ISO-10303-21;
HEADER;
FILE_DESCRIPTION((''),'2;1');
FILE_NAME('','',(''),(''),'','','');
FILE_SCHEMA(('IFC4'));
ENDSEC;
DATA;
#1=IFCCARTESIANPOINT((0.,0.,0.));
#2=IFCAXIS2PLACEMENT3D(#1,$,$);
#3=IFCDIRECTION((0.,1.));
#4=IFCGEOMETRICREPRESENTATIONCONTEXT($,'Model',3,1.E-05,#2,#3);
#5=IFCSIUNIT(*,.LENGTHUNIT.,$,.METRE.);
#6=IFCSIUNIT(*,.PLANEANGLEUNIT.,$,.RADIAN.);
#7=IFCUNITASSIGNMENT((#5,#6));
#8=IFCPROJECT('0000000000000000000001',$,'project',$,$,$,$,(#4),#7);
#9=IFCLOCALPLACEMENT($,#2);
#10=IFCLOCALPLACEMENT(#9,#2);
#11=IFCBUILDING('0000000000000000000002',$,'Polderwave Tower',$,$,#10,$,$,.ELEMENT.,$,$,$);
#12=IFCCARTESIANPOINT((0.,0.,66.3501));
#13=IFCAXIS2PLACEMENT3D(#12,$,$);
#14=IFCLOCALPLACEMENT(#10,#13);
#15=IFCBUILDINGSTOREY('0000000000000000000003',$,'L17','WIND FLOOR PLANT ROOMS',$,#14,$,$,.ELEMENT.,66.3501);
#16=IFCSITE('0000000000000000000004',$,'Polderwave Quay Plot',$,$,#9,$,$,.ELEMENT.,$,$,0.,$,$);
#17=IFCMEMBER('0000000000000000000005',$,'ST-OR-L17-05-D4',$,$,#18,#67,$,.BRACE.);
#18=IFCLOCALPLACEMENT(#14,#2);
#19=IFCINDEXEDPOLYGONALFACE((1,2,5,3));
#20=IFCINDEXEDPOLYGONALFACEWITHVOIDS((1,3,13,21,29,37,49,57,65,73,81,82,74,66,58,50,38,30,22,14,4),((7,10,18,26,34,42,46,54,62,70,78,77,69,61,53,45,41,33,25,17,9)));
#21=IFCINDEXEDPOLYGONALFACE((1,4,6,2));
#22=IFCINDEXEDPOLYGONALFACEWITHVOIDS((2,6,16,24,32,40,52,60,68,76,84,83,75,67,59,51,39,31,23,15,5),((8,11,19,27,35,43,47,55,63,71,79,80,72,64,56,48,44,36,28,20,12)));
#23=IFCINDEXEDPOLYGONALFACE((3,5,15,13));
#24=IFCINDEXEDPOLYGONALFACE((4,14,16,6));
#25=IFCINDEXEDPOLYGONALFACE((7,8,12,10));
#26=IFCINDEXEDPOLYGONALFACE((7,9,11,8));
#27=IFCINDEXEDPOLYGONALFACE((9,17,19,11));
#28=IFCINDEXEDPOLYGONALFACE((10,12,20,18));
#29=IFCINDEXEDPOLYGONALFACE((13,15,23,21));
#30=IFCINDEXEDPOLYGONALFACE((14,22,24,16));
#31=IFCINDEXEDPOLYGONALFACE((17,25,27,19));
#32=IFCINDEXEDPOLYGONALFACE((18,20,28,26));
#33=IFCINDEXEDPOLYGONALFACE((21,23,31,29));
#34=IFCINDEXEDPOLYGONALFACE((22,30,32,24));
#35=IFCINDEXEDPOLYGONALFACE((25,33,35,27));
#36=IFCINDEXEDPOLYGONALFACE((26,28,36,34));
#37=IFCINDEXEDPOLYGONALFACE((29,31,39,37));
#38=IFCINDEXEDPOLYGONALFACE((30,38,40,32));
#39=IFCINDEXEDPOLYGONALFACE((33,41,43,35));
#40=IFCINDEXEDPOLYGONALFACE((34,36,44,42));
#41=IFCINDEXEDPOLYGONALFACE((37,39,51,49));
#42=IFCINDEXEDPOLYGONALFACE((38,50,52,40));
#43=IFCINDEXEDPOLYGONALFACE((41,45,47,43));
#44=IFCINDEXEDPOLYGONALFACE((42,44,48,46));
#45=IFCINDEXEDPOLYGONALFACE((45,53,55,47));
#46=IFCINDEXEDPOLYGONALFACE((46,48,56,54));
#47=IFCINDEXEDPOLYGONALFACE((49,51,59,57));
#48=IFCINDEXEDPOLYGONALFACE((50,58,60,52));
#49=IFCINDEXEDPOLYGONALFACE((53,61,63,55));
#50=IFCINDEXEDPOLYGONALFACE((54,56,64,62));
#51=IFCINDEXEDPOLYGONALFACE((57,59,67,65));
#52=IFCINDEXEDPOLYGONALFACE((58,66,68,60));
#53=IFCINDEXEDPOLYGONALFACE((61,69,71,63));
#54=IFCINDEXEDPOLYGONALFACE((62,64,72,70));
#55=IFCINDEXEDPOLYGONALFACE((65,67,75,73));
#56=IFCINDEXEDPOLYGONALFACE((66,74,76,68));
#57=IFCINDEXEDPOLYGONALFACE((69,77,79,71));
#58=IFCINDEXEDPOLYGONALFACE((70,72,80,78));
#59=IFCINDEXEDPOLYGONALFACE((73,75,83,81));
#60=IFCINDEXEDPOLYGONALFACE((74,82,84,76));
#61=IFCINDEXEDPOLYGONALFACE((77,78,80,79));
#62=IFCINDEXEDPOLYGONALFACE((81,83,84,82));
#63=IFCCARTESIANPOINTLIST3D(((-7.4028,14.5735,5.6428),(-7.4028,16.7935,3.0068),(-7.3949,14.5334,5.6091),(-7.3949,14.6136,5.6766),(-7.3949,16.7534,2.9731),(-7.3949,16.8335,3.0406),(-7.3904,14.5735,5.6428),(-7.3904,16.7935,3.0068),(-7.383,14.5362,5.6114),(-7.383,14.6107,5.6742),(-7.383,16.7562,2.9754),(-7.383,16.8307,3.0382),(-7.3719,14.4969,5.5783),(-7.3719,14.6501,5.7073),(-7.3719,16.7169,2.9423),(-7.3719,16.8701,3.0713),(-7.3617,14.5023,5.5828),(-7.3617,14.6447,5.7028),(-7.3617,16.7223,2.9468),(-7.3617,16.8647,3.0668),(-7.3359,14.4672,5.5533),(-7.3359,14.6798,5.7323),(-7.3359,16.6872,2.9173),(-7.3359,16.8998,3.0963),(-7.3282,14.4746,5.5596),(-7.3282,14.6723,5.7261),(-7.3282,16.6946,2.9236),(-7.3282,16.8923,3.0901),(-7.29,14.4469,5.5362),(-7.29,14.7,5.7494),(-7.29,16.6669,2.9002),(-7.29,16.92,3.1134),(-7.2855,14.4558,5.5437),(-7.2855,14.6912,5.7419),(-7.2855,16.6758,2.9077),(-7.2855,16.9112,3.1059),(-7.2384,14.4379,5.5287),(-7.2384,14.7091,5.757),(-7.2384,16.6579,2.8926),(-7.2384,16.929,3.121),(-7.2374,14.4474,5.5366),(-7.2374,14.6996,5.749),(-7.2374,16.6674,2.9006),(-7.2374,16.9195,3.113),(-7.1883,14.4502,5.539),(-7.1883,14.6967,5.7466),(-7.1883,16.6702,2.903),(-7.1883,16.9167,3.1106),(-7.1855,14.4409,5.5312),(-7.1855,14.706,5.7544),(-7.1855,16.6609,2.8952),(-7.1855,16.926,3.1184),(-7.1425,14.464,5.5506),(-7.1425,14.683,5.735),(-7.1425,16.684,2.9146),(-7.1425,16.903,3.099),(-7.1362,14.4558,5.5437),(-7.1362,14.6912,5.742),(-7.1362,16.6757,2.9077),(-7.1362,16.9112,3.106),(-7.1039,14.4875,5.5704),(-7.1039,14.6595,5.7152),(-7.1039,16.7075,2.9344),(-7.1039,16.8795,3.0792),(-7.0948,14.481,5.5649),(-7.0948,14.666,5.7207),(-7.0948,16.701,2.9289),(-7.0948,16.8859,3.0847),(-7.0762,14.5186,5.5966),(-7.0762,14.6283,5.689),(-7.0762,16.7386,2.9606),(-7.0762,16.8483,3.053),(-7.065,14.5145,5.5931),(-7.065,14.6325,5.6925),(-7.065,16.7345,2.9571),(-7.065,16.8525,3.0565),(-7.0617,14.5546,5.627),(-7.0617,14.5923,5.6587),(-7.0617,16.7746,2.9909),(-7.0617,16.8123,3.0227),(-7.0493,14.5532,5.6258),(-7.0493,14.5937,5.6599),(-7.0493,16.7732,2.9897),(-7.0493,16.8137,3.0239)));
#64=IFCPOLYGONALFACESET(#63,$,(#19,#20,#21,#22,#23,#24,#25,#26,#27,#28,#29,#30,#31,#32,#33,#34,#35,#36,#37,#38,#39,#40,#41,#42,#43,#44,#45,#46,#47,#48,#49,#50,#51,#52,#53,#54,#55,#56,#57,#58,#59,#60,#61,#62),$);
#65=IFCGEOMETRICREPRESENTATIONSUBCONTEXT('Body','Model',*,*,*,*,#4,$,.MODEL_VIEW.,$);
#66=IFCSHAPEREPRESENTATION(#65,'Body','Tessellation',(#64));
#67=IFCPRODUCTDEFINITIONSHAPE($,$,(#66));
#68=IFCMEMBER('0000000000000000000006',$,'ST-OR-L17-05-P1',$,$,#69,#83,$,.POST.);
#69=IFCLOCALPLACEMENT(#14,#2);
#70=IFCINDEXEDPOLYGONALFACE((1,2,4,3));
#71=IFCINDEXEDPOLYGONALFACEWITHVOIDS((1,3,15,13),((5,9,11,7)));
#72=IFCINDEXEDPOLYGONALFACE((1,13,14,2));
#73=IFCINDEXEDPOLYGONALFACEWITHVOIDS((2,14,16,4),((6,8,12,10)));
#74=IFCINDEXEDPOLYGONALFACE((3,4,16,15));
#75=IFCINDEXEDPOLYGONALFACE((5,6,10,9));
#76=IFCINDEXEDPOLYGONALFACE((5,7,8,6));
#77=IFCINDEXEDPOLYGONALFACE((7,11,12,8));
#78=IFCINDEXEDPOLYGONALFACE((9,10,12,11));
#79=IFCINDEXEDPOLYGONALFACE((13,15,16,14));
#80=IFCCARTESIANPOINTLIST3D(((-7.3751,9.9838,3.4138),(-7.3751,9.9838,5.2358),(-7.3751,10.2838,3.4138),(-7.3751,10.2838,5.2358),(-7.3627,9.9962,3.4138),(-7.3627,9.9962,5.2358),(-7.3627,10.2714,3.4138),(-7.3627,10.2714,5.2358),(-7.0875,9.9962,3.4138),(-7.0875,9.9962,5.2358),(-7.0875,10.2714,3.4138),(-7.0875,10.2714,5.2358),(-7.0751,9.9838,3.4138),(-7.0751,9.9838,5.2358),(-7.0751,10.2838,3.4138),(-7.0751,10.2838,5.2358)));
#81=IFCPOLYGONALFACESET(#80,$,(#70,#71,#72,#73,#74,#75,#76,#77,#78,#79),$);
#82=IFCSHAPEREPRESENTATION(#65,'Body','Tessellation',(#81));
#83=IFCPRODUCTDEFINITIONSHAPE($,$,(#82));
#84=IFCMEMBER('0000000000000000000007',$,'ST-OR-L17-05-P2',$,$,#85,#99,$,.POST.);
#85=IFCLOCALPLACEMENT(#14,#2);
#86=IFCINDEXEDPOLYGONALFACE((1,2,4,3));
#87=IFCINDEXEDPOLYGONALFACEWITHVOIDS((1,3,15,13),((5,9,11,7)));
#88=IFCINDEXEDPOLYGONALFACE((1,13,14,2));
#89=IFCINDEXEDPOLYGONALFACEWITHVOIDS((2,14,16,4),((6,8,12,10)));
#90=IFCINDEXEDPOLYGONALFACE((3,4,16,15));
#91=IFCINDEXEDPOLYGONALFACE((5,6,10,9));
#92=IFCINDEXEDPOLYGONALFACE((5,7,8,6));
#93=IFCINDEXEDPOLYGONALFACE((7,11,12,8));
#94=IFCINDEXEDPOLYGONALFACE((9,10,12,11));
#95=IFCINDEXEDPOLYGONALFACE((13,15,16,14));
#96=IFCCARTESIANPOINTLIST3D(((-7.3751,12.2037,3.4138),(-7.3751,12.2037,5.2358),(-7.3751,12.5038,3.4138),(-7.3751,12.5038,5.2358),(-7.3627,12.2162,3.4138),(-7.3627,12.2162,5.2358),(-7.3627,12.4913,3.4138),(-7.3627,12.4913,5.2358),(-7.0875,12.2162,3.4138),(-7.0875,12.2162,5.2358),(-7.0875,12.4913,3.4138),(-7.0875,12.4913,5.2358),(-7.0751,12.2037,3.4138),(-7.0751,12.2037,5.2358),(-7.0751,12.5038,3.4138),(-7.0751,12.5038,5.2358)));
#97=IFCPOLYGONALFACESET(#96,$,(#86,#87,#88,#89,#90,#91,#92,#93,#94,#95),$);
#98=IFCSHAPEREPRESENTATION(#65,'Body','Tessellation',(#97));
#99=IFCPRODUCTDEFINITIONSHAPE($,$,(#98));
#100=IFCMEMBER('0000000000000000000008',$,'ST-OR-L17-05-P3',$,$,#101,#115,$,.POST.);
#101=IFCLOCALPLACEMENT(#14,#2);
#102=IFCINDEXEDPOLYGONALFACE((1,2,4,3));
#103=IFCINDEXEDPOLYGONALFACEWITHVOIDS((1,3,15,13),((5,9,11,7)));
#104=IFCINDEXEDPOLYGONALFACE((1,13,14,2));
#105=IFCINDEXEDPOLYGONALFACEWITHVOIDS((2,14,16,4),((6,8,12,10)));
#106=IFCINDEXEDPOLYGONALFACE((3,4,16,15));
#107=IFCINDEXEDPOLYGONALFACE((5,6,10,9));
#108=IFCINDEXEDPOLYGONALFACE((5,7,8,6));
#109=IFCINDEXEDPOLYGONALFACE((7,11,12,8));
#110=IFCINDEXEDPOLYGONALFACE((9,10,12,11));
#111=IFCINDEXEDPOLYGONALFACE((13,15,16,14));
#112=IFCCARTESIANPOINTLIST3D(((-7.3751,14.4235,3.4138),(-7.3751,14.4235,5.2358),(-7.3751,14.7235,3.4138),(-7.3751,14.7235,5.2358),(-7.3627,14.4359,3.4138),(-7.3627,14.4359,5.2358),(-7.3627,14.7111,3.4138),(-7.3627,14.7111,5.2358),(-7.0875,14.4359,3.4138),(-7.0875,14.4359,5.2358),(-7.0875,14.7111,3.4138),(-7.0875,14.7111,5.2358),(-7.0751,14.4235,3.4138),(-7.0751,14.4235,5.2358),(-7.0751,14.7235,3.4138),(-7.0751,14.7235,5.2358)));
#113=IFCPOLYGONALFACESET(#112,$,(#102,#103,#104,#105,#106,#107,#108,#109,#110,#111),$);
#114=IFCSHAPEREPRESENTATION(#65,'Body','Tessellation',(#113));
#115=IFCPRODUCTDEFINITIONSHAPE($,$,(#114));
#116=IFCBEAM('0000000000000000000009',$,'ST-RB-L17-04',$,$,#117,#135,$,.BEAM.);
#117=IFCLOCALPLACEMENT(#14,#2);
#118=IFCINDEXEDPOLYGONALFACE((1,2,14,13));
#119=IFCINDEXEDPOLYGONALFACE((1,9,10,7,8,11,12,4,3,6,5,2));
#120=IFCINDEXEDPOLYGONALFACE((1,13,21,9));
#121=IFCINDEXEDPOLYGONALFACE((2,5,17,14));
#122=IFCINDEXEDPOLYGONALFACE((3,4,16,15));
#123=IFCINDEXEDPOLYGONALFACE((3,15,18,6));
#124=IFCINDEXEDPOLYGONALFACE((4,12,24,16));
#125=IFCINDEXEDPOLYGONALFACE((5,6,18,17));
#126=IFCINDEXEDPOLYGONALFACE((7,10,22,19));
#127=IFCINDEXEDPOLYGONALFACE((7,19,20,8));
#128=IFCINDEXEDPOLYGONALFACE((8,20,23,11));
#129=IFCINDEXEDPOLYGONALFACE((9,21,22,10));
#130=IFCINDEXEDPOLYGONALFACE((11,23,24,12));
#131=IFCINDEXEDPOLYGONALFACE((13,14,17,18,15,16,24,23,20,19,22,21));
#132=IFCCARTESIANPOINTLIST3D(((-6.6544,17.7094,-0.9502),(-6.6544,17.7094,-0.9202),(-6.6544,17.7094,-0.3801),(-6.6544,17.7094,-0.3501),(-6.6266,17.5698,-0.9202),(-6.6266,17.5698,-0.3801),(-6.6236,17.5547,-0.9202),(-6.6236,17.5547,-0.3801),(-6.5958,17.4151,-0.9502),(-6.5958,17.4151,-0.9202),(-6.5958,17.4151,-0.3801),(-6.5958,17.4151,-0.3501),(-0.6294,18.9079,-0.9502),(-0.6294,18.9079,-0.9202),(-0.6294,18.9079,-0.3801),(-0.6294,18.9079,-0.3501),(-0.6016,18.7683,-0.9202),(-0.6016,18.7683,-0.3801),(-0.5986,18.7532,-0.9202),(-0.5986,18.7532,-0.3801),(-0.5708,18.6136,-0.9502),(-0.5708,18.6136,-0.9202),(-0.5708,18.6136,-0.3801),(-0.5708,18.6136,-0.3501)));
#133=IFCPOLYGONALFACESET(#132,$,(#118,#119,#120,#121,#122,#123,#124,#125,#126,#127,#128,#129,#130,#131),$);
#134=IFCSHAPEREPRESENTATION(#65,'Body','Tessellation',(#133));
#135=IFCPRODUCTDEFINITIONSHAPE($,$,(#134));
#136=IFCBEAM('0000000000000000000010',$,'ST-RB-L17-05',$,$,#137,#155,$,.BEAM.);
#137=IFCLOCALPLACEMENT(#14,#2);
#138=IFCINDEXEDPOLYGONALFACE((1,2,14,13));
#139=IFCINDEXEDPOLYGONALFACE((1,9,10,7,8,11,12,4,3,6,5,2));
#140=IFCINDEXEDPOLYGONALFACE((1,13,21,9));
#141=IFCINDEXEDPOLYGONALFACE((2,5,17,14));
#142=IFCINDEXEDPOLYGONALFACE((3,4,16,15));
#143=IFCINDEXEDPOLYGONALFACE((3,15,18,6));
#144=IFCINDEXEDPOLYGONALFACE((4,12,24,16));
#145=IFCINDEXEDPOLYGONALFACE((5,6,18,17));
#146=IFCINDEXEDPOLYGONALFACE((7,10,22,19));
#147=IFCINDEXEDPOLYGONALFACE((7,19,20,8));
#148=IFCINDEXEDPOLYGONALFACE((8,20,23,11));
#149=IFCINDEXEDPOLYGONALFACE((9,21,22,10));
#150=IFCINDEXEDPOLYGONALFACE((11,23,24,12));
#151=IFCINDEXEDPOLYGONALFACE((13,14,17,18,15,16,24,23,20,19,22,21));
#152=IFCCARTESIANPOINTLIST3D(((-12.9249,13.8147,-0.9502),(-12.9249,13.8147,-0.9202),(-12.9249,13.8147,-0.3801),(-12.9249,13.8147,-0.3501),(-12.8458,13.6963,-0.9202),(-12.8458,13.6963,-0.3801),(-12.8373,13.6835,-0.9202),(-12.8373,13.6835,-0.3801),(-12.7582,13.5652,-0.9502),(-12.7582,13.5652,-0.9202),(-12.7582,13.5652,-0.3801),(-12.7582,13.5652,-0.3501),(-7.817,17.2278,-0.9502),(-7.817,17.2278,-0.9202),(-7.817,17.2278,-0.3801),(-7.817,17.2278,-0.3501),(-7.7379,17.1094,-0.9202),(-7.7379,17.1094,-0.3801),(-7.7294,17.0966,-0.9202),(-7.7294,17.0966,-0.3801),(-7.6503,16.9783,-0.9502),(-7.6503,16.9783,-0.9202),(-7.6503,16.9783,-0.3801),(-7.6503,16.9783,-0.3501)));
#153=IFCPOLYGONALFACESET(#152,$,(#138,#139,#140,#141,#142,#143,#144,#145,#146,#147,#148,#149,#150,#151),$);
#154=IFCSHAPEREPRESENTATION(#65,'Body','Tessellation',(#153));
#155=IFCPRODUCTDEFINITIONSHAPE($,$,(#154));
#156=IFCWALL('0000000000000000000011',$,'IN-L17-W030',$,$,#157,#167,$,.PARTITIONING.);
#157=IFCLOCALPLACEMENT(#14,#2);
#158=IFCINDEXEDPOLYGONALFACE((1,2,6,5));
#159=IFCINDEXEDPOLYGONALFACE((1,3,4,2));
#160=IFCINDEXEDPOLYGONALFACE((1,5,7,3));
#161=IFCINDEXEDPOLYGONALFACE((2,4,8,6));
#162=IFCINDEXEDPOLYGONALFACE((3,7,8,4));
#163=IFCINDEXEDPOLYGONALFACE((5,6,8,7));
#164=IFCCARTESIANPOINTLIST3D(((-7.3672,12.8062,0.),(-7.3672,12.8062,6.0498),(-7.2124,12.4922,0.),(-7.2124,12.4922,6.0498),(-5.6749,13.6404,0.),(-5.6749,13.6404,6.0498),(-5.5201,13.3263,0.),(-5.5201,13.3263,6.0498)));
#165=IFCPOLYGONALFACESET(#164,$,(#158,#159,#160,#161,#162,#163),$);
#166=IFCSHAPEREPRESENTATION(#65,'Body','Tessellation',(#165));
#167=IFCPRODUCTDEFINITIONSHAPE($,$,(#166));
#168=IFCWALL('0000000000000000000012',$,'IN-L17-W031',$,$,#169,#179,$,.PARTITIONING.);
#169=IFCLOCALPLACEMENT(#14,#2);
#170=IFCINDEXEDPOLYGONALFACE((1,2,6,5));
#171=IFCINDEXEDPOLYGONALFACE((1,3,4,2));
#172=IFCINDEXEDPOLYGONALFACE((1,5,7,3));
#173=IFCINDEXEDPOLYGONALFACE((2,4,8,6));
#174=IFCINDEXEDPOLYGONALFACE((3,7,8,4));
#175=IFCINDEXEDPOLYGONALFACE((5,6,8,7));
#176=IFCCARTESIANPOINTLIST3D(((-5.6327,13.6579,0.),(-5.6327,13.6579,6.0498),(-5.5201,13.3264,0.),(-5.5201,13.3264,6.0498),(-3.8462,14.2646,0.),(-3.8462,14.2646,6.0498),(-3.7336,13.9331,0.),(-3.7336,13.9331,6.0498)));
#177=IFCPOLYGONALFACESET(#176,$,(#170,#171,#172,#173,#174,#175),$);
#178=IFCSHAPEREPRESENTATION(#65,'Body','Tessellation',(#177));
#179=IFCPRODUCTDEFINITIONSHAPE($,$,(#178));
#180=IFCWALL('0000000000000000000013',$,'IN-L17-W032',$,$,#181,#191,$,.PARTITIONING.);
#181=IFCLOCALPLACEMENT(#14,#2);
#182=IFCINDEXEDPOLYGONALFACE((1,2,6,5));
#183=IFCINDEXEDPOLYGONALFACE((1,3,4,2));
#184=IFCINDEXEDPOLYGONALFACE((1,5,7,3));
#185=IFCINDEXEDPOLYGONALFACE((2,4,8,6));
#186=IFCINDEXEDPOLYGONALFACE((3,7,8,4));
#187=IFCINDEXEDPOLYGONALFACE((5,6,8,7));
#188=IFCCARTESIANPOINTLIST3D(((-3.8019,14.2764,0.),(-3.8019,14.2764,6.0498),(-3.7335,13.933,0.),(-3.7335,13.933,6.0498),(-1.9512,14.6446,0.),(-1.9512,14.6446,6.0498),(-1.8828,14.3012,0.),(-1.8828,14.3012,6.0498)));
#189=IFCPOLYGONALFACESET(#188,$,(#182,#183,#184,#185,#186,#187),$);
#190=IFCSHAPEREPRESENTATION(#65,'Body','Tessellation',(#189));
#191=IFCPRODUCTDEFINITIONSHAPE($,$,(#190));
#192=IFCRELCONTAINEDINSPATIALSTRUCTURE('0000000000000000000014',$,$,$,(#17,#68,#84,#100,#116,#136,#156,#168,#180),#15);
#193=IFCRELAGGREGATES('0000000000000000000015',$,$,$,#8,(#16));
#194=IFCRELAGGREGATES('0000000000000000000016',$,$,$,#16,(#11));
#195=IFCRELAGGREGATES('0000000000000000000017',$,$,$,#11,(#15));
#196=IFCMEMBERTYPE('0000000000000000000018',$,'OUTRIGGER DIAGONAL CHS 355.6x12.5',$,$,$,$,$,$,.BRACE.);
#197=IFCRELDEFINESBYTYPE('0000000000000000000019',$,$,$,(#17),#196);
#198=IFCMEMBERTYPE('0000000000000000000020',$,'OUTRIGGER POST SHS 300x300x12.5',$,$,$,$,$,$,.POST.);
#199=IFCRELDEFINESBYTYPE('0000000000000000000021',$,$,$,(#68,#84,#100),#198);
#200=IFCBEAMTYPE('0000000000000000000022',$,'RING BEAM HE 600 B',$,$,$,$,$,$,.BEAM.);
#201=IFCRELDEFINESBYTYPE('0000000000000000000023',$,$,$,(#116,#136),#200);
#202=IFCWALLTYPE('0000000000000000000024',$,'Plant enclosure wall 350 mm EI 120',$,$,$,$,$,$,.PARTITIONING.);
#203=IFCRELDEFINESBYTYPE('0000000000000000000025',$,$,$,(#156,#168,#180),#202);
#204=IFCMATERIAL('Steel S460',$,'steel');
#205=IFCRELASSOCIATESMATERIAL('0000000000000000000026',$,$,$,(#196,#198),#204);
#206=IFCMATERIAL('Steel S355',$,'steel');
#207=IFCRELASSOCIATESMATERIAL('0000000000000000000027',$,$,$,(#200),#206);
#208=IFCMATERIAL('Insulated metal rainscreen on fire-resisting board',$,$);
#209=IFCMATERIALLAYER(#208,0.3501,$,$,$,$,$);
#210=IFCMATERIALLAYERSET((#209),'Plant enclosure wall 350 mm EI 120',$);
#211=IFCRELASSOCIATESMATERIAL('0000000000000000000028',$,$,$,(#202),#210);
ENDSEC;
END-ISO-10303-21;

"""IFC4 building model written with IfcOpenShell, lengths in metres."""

from ifc_helpers import new_model, si_unit, direction, frame, frame_2d, origin, origin_2d, place, context, subcontext, project, spatial, rectangle, hollow_rectangle, hollow_circle, i_section, extrude, material, layer, layer_set, material_profile, profile_set, type_object, element, save


model = new_model("IFC4")

# Units and contexts
model_context = context("Model", 3, precision=1e-05, world=origin(), true_north=direction((0.0, 1.0)))
body_context = subcontext(model_context, "Body", "Model", "MODEL_VIEW")
ifc_project = project(units=[si_unit("LENGTHUNIT", "METRE"), si_unit("PLANEANGLEUNIT", "RADIAN")], contexts=[model_context])

# Site, building, storey
site_placement = place(None, origin())
site = spatial("IfcSite", under=ifc_project, at=site_placement, Name="Polderwave Quay Plot", CompositionType="ELEMENT", RefElevation=0.0)
building_placement = place(site_placement, origin())
building = spatial("IfcBuilding", under=site, at=building_placement, Name="Polderwave Tower", CompositionType="ELEMENT")
storey_placement = place(building_placement, frame((0.0, 0.0, 66.3501)))
storey = spatial("IfcBuildingStorey", under=building, at=storey_placement, Name="L17", Description="WIND FLOOR PLANT ROOMS", CompositionType="ELEMENT", Elevation=66.3501)

# Members
ifc_material_1 = material(Name="Steel S460", Category="steel")
ifc_material_profile_1 = material_profile(ifc_material_1, hollow_circle(Radius=0.1777, WallThickness=0.0125, at=origin_2d()), Name="CHS 355.6x12.5")
ifc_profile_set_1 = profile_set([ifc_material_profile_1], Name="Steel S460")
member_type_1 = type_object("IfcMemberType", Name="OUTRIGGER DIAGONAL CHS 355.6x12.5", PredefinedType="BRACE", material=ifc_profile_set_1)
member_1_placement = place(storey_placement, frame((-7.2251, 14.5735, 5.6428), z_axis=(0.0, 0.644168, -0.764884), x_axis=(-1.0, 0.0, 0.0)))
element("IfcMember", 1, at=member_1_placement, inside=storey, type_object=member_type_1, Name="ST-OR-L17-05-D4", PredefinedType="BRACE", context=body_context, shape_type="SweptSolid", body=[
    extrude(hollow_circle(Radius=0.1777, WallThickness=0.0125, at=origin_2d()), origin(), (0.0, 0.0, 1.0), 3.4463),
])
ifc_material_profile_2 = material_profile(ifc_material_1, hollow_rectangle(XDim=0.3, YDim=0.3, WallThickness=0.0125, at=origin_2d()), Name="SHS 300x300x12.5")
ifc_profile_set_2 = profile_set([ifc_material_profile_2], Name="Steel S460")
member_type_2 = type_object("IfcMemberType", Name="OUTRIGGER POST SHS 300x300x12.5", PredefinedType="POST", material=ifc_profile_set_2)
for number, where, z_axis, x_axis, name in (
    (2, (-7.2251, 10.1338, 3.4138), (0.0, 0.0, 1.0), (1.0, 0.0, 0.0), "ST-OR-L17-05-P1"),
    (3, (-7.2251, 12.3538, 3.4138), (0.0, 0.0, 1.0), (1.0, 0.0, 0.0), "ST-OR-L17-05-P2"),
    (4, (-7.2251, 14.5735, 3.4138), (0.0, 0.0, 1.0), (1.0, 0.0, 0.0), "ST-OR-L17-05-P3"),
):
    element("IfcMember", number, at=place(storey_placement, frame(where, z_axis=z_axis, x_axis=x_axis)), inside=storey, type_object=member_type_2, Name=name, PredefinedType="POST", context=body_context, shape_type="SweptSolid", body=[
        extrude(hollow_rectangle(XDim=0.3, YDim=0.3, WallThickness=0.0125, at=origin_2d()), origin(), (0.0, 0.0, 1.0), 1.822),
    ])

# Beams
ifc_material_2 = material(Name="Steel S355", Category="steel")
ifc_material_profile_3 = material_profile(ifc_material_2, i_section(OverallWidth=0.3, OverallDepth=0.6001, WebThickness=0.0154, FlangeThickness=0.03, at=origin_2d()), Name="HE 600 B")
ifc_profile_set_3 = profile_set([ifc_material_profile_3], Name="Steel S355")
beam_type = type_object("IfcBeamType", Name="RING BEAM HE 600 B", PredefinedType="BEAM", material=ifc_profile_set_3)
beam_1_placement = place(storey_placement, frame((-0.6001, 18.7607, -0.6501), z_axis=(-0.980783, -0.1951, 0.0), x_axis=(0.1951, -0.980783, 0.0)))
element("IfcBeam", 5, at=beam_1_placement, inside=storey, type_object=beam_type, Name="ST-RB-L17-04", PredefinedType="BEAM", context=body_context, shape_type="SweptSolid", body=[
    extrude(i_section(OverallWidth=0.3, OverallDepth=0.6001, WebThickness=0.0154, FlangeThickness=0.03, at=origin_2d()), origin(), (0.0, 0.0, 1.0), 6.1431),
])
beam_2_placement = place(storey_placement, frame((-7.7336, 17.103, -0.6501), z_axis=(-0.831463, -0.55558, 0.0), x_axis=(0.55558, -0.831463, 0.0)))
element("IfcBeam", 6, at=beam_2_placement, inside=storey, type_object=beam_type, Name="ST-RB-L17-05", PredefinedType="BEAM", context=body_context, shape_type="SweptSolid", body=[
    extrude(i_section(OverallWidth=0.3, OverallDepth=0.6001, WebThickness=0.0154, FlangeThickness=0.03, at=origin_2d()), origin(), (0.0, 0.0, 1.0), 6.1433),
])

# Walls
ifc_material_3 = material(Name="Insulated metal rainscreen on fire-resisting board")
ifc_layer = layer(ifc_material_3, 0.3501)
ifc_layer_set = layer_set([ifc_layer], Name="Plant enclosure wall 350 mm EI 120")
wall_type = type_object("IfcWallType", Name="Plant enclosure wall 350 mm EI 120", PredefinedType="PARTITIONING", material=ifc_layer_set)
for number, where, z_axis, x_axis, name in (
    (7, (-7.2898, 12.6492, 0.0), (0.0, 0.0, 1.0), (0.896949, 0.442134, 0.0), "IN-L17-W030"),
    (8, (-5.5764, 13.4922, 0.0), (0.0, 0.0, 1.0), (0.946896, 0.321541, 0.0), "IN-L17-W031"),
):
    element("IfcWall", number, at=place(storey_placement, frame(where, z_axis=z_axis, x_axis=x_axis)), inside=storey, type_object=wall_type, Name=name, PredefinedType="PARTITIONING", context=body_context, shape_type="SweptSolid", body=[
        extrude(rectangle(XDim=1.8867, YDim=0.3501, at=frame_2d((0.9434, 0.0))), origin(), (0.0, 0.0, 1.0), 6.0498),
    ])
wall_placement = place(storey_placement, frame((-3.7676, 14.1047, 0.0), z_axis=(0.0, 0.0, 1.0), x_axis=(0.980779, 0.195121, 0.0)))
element("IfcWall", 9, at=wall_placement, inside=storey, type_object=wall_type, Name="IN-L17-W032", PredefinedType="PARTITIONING", context=body_context, shape_type="SweptSolid", body=[
    extrude(rectangle(XDim=1.887, YDim=0.3501, at=frame_2d((0.9434, 0.0))), origin(), (0.0, 0.0, 1.0), 6.0498),
])

save(model, "model.ifc")
